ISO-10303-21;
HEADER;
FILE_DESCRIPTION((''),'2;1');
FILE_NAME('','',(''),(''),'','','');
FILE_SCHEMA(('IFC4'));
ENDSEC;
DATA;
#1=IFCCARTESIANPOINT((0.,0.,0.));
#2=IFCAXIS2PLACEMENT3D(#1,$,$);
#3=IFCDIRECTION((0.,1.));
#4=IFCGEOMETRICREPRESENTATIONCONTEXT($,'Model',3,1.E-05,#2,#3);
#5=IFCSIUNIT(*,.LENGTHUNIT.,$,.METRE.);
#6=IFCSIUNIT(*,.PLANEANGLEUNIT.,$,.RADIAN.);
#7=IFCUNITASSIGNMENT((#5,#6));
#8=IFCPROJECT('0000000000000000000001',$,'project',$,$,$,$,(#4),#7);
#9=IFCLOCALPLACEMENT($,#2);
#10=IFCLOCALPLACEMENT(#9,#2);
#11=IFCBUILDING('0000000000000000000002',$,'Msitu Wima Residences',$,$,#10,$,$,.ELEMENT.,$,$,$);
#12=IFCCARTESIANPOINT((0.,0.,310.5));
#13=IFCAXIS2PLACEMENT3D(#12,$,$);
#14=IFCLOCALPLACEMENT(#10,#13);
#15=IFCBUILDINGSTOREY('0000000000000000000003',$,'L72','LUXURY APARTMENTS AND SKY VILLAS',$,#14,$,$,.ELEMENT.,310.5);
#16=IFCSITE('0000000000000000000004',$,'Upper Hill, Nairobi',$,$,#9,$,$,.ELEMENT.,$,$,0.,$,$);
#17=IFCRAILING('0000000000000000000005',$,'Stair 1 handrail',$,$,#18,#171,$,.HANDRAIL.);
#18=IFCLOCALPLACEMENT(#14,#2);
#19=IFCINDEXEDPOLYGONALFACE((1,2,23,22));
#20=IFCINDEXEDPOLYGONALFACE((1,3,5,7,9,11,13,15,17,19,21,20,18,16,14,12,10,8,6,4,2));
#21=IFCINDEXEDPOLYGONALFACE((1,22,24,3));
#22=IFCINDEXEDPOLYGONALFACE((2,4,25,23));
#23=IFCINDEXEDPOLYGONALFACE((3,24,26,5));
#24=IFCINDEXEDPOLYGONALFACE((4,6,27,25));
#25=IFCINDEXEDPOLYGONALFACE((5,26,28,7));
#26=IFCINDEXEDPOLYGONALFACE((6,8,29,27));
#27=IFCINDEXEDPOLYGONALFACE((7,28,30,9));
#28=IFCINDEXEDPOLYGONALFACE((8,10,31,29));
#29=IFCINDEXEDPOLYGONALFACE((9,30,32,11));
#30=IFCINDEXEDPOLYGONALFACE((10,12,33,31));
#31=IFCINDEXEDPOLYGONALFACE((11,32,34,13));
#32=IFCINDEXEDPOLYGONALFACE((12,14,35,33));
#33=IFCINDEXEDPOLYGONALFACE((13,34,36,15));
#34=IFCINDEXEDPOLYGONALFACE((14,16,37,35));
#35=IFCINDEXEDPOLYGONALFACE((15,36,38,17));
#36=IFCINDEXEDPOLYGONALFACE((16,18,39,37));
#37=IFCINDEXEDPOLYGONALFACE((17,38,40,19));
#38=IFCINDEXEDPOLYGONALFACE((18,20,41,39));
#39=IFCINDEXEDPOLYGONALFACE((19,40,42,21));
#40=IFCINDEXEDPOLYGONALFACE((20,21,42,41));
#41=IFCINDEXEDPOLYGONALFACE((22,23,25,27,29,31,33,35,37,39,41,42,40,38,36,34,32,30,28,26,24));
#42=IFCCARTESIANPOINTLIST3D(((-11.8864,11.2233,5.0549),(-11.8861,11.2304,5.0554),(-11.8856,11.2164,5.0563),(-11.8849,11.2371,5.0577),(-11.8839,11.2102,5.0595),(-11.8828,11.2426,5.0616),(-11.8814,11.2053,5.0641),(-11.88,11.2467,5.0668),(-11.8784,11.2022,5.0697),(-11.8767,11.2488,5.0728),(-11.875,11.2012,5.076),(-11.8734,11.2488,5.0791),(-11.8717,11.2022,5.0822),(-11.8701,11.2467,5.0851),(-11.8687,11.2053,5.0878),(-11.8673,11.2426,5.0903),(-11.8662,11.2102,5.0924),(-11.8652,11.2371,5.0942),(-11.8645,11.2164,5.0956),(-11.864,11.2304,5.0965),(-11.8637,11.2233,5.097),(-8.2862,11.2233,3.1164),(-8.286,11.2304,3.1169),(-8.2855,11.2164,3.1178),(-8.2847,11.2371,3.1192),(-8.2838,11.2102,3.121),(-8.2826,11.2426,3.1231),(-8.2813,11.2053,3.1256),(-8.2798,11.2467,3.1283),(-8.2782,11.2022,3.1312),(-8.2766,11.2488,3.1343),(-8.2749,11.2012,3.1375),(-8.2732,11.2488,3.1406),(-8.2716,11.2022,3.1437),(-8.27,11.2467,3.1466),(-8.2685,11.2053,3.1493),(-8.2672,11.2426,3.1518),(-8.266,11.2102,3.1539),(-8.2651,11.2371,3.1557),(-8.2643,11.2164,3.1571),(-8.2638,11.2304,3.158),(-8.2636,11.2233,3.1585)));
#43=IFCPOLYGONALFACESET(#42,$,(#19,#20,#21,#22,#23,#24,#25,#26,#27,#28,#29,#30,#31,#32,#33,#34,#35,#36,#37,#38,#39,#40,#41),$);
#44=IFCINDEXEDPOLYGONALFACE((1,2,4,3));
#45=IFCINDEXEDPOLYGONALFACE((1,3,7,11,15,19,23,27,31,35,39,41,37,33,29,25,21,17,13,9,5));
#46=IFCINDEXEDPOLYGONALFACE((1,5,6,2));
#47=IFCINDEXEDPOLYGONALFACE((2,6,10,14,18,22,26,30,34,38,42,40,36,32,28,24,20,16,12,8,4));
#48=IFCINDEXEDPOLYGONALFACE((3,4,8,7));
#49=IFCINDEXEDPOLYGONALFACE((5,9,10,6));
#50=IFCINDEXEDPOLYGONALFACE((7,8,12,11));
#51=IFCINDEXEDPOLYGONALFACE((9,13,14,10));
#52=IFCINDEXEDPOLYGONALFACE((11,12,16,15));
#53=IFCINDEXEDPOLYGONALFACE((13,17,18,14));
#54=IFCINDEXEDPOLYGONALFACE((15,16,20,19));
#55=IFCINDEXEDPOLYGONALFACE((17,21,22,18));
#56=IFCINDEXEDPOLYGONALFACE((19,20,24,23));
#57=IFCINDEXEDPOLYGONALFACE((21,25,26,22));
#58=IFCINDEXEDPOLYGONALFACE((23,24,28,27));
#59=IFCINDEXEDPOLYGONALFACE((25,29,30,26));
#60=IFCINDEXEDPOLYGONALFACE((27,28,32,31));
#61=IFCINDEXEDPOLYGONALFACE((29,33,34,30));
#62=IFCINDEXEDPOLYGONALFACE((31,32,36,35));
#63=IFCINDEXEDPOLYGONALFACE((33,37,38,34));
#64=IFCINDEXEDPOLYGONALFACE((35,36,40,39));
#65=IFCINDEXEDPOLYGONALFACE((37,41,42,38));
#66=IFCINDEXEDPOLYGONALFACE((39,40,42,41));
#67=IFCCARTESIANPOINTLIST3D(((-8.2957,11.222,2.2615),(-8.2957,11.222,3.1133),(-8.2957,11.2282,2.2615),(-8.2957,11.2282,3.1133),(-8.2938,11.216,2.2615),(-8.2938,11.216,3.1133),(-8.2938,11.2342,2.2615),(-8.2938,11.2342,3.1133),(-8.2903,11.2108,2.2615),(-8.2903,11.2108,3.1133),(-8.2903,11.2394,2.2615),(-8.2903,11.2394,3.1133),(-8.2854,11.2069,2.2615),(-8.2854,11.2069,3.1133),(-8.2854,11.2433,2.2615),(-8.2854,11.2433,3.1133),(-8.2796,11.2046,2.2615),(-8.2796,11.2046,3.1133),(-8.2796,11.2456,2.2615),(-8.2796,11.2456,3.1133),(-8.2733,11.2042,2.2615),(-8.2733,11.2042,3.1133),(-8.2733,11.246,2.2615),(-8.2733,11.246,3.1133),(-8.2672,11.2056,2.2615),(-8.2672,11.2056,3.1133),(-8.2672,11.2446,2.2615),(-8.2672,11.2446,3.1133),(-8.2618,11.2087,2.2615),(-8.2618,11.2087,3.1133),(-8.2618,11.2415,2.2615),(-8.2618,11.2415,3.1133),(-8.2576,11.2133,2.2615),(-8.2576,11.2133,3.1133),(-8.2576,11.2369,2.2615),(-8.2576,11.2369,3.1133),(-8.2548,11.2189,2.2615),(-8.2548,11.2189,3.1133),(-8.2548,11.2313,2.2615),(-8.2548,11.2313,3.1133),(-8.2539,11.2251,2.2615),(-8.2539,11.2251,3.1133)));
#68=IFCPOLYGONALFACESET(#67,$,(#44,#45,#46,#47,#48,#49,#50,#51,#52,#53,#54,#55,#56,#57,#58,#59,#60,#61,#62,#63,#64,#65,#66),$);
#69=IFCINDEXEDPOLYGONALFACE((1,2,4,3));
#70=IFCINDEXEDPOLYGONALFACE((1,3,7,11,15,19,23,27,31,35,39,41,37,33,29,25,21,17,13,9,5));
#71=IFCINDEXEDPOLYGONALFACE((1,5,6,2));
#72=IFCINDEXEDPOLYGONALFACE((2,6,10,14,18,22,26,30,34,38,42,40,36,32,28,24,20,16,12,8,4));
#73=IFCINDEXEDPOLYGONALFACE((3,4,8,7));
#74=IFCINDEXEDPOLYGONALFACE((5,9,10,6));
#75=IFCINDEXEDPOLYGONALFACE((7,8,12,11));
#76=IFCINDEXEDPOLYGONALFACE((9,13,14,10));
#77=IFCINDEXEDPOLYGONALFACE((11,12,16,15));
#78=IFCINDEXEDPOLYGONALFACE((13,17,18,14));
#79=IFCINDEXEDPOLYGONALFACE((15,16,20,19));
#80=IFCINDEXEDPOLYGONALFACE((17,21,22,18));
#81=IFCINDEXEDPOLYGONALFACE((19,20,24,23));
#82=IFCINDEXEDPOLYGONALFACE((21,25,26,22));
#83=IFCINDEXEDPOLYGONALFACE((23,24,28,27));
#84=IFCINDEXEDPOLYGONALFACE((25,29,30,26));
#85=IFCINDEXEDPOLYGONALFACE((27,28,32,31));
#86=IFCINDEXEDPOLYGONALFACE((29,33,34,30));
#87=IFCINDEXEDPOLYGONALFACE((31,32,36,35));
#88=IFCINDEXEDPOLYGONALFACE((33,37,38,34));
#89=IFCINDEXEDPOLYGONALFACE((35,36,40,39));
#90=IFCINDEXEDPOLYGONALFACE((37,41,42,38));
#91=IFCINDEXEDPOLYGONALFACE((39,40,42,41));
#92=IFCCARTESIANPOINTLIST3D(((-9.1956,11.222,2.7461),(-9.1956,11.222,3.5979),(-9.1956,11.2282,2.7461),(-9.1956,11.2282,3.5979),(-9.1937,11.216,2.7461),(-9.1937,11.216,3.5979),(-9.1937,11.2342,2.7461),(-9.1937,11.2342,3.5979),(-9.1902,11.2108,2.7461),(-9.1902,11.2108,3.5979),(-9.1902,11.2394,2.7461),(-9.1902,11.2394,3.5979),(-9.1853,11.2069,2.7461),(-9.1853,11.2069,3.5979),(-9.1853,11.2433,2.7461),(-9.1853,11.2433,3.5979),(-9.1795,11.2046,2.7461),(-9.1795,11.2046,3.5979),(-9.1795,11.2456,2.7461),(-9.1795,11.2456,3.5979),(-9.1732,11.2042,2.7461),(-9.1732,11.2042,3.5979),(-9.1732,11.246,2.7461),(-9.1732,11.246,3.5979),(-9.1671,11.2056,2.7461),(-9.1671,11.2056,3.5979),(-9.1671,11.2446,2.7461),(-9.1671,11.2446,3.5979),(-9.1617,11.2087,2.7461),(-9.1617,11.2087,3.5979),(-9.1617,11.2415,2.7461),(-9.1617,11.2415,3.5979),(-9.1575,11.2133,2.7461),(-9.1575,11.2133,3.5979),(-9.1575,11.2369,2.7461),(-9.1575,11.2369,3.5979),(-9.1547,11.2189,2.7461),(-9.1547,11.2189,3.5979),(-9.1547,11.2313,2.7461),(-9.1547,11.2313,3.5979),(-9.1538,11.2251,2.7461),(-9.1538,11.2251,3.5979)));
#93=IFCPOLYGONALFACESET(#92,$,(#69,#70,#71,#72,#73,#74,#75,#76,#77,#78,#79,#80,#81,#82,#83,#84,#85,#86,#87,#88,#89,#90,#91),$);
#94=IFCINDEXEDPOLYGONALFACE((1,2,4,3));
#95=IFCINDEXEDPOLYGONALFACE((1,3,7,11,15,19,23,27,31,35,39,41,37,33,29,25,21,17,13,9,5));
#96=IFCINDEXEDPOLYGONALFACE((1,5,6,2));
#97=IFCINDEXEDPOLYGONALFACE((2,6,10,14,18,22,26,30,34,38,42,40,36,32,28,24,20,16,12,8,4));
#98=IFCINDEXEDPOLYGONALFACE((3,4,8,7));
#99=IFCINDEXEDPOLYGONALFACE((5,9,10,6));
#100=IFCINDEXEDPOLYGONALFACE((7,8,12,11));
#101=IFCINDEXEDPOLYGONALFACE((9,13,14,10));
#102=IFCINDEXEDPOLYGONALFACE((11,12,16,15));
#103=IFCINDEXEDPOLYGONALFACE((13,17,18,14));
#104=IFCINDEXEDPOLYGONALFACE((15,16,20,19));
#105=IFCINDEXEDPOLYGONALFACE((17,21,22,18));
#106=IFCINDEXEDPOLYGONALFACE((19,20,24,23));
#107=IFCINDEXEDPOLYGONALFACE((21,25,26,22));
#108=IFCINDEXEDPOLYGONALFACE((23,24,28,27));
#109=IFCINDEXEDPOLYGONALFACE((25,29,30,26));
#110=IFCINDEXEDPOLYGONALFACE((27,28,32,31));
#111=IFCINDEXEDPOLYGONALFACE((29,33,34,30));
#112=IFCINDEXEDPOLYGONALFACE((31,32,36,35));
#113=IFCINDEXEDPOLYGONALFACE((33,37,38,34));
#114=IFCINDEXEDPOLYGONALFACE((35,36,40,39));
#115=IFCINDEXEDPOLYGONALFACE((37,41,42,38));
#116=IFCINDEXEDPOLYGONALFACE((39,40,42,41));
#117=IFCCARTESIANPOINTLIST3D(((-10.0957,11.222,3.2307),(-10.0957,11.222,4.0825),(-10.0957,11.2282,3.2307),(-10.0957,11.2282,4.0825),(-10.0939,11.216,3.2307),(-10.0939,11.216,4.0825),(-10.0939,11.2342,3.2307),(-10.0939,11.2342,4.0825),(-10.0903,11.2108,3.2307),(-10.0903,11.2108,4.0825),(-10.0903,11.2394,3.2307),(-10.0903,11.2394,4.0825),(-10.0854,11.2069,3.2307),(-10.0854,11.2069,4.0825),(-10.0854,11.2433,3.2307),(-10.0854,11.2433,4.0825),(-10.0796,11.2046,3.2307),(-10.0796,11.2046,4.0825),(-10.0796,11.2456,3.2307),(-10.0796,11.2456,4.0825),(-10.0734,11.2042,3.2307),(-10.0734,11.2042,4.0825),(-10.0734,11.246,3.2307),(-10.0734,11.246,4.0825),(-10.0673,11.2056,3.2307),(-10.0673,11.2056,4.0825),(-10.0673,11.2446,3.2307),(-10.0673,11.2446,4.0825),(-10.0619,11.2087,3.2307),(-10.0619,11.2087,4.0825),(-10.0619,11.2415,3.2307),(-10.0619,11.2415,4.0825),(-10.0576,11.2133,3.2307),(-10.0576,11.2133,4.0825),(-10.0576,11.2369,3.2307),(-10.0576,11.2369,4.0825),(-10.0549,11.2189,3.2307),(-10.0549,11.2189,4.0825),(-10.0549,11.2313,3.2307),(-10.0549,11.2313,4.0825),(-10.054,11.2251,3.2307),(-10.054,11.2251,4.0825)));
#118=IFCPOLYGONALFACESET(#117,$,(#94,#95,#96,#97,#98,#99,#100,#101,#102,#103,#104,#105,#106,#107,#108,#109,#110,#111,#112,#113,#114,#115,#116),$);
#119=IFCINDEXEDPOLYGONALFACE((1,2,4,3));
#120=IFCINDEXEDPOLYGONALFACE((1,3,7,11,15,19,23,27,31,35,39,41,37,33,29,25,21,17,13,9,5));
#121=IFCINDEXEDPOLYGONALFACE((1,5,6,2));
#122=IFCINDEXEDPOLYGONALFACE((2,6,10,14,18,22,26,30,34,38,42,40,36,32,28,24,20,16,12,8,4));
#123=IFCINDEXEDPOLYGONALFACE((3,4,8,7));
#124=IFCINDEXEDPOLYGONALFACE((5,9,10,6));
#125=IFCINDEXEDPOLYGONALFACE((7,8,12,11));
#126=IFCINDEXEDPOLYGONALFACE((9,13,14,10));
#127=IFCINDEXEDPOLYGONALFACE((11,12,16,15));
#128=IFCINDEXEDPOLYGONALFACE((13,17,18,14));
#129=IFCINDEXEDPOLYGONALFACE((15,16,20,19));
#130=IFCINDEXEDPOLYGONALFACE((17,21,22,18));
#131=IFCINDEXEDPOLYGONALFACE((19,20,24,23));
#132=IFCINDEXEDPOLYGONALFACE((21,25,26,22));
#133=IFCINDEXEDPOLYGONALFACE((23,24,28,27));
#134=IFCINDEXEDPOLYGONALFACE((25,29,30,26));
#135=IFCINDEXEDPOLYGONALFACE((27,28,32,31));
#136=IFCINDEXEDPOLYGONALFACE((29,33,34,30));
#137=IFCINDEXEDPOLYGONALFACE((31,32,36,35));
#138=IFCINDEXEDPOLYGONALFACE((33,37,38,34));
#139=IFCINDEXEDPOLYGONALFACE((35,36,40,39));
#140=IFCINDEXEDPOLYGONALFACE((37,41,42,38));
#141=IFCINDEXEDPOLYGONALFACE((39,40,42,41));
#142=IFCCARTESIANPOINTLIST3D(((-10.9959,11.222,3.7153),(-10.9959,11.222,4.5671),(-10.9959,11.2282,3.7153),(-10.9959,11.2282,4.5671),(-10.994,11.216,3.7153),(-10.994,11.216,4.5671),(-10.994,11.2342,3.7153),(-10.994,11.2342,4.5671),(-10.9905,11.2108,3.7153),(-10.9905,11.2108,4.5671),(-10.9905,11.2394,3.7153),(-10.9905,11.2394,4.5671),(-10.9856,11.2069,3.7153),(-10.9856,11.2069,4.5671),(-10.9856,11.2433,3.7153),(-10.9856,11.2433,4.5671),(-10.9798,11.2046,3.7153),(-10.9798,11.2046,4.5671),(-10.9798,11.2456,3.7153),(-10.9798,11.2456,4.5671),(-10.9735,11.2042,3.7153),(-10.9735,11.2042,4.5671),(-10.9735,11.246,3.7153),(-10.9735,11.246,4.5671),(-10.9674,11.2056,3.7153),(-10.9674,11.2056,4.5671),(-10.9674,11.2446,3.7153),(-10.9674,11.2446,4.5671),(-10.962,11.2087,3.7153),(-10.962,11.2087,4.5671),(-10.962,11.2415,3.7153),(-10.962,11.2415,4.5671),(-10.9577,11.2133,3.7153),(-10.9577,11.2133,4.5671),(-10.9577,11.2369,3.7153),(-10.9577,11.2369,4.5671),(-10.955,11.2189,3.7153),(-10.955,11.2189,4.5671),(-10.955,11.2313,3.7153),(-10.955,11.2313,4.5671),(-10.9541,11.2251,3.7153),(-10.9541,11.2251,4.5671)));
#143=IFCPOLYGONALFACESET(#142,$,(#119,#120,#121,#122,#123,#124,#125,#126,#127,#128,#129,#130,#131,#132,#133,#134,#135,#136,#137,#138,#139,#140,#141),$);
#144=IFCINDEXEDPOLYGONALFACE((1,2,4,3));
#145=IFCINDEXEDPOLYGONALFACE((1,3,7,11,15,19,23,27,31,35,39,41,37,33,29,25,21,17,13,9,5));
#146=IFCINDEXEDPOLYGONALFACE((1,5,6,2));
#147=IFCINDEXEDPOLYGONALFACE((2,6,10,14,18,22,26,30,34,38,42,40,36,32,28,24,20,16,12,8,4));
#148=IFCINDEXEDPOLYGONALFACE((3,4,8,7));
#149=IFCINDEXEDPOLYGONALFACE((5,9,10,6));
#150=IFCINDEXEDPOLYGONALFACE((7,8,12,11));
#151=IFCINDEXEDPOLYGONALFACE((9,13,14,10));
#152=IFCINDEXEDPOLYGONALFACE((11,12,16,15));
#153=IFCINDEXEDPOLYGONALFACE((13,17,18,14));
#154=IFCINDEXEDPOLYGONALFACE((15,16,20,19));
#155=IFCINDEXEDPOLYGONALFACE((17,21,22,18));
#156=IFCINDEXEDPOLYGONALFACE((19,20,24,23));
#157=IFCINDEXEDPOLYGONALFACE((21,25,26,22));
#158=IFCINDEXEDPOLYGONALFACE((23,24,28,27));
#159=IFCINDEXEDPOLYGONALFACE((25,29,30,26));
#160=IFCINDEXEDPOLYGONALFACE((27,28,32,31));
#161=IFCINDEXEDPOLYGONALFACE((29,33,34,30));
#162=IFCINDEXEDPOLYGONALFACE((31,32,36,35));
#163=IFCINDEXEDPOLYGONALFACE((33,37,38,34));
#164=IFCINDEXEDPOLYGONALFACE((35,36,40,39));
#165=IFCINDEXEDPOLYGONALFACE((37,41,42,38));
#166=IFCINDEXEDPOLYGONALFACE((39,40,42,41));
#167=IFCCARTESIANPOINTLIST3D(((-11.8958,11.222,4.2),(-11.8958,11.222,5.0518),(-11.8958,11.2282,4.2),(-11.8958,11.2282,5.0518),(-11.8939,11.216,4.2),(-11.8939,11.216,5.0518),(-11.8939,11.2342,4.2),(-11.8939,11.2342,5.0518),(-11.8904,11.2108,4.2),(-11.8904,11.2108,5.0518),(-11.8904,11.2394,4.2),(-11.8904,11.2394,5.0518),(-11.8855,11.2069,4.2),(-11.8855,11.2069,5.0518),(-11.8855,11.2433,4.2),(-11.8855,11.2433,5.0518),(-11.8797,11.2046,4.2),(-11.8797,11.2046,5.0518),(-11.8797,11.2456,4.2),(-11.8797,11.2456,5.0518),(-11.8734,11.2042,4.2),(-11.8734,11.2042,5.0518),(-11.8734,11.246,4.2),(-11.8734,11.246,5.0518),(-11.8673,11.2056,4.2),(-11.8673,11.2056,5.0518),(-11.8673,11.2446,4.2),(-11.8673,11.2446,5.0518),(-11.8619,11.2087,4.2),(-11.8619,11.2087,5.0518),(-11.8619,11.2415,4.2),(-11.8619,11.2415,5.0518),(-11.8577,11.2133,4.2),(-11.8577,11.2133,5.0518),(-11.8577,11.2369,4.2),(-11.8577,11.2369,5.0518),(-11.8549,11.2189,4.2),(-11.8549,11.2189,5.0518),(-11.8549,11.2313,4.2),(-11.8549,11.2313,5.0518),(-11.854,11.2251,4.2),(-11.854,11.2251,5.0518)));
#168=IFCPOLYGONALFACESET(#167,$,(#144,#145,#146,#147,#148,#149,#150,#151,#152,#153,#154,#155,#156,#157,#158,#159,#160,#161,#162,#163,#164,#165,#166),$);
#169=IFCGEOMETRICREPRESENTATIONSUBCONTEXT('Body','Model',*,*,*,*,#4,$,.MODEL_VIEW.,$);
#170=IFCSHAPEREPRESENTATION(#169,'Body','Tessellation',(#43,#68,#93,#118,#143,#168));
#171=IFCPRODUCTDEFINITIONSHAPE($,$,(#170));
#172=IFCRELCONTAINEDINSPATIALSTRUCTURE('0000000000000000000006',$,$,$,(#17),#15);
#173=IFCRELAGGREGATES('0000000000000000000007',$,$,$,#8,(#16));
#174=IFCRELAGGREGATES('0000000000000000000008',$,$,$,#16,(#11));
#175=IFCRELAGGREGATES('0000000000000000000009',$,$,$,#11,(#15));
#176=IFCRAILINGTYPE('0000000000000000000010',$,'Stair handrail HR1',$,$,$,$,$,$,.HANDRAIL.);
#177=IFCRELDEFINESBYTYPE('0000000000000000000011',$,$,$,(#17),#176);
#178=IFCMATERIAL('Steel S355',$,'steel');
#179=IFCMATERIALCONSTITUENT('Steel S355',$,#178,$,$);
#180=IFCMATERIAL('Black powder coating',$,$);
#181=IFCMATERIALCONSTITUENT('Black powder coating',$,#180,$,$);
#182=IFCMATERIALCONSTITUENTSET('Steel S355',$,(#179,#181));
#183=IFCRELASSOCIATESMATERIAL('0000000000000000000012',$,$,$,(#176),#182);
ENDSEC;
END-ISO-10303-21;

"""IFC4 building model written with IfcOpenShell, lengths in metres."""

from ifc_helpers import new_model, si_unit, direction, frame, origin, origin_2d, place, context, subcontext, project, spatial, circle, extrude, material, constituent, constituent_set, type_object, element, save


model = new_model("IFC4")

# Units and contexts
model_context = context("Model", 3, precision=1e-05, world=origin(), true_north=direction((0.0, 1.0)))
body_context = subcontext(model_context, "Body", "Model", "MODEL_VIEW")
ifc_project = project(units=[si_unit("LENGTHUNIT", "METRE"), si_unit("PLANEANGLEUNIT", "RADIAN")], contexts=[model_context])

# Site, building, storey
site_placement = place(None, origin())
site = spatial("IfcSite", under=ifc_project, at=site_placement, Name="Upper Hill, Nairobi", CompositionType="ELEMENT", RefElevation=0.0)
building_placement = place(site_placement, origin())
building = spatial("IfcBuilding", under=site, at=building_placement, Name="Msitu Wima Residences", CompositionType="ELEMENT")
storey_placement = place(building_placement, frame((0.0, 0.0, 310.5)))
storey = spatial("IfcBuildingStorey", under=building, at=storey_placement, Name="L72", Description="LUXURY APARTMENTS AND SKY VILLAS", CompositionType="ELEMENT", Elevation=310.5)

# Railing
ifc_material_1 = material(Name="Steel S355", Category="steel")
ifc_constituent_1 = constituent(ifc_material_1, Name="Steel S355")
ifc_material_2 = material(Name="Black powder coating")
ifc_constituent_2 = constituent(ifc_material_2, Name="Black powder coating")
ifc_constituent_set = constituent_set(constituents=[ifc_constituent_1, ifc_constituent_2], Name="Steel S355")
railing_type = type_object("IfcRailingType", Name="Stair handrail HR1", PredefinedType="HANDRAIL", material=ifc_constituent_set)
for number, where, name in (
    (1, (-8.2749, 11.2251, 2.2615), "Stair 1 handrail"),
):
    element("IfcRailing", number, at=place(storey_placement, frame(where)), inside=storey, type_object=railing_type, Name=name, PredefinedType="HANDRAIL", context=body_context, shape_type="SweptSolid", body=[
        extrude(circle(Radius=0.0239, at=origin_2d()), frame((0.0, 0.0, 0.876), z_axis=(-0.880475, 0.0, 0.474093), x_axis=(0.0, -1.0, 0.0)), (0.0, 0.0, 1.0), 4.0889),
        extrude(circle(Radius=0.021, at=origin_2d()), origin(), (0.0, 0.0, 1.0), 0.8518),
        extrude(circle(Radius=0.021, at=origin_2d()), frame((-0.8999, 0.0, 0.4846)), (0.0, 0.0, 1.0), 0.8518),
        extrude(circle(Radius=0.021, at=origin_2d()), frame((-1.8, 0.0, 0.9692)), (0.0, 0.0, 1.0), 0.8518),
        extrude(circle(Radius=0.021, at=origin_2d()), frame((-2.7002, 0.0, 1.4539)), (0.0, 0.0, 1.0), 0.8518),
        extrude(circle(Radius=0.021, at=origin_2d()), frame((-3.6001, 0.0, 1.9385)), (0.0, 0.0, 1.0), 0.8518),
    ])

save(model, "model.ifc")
